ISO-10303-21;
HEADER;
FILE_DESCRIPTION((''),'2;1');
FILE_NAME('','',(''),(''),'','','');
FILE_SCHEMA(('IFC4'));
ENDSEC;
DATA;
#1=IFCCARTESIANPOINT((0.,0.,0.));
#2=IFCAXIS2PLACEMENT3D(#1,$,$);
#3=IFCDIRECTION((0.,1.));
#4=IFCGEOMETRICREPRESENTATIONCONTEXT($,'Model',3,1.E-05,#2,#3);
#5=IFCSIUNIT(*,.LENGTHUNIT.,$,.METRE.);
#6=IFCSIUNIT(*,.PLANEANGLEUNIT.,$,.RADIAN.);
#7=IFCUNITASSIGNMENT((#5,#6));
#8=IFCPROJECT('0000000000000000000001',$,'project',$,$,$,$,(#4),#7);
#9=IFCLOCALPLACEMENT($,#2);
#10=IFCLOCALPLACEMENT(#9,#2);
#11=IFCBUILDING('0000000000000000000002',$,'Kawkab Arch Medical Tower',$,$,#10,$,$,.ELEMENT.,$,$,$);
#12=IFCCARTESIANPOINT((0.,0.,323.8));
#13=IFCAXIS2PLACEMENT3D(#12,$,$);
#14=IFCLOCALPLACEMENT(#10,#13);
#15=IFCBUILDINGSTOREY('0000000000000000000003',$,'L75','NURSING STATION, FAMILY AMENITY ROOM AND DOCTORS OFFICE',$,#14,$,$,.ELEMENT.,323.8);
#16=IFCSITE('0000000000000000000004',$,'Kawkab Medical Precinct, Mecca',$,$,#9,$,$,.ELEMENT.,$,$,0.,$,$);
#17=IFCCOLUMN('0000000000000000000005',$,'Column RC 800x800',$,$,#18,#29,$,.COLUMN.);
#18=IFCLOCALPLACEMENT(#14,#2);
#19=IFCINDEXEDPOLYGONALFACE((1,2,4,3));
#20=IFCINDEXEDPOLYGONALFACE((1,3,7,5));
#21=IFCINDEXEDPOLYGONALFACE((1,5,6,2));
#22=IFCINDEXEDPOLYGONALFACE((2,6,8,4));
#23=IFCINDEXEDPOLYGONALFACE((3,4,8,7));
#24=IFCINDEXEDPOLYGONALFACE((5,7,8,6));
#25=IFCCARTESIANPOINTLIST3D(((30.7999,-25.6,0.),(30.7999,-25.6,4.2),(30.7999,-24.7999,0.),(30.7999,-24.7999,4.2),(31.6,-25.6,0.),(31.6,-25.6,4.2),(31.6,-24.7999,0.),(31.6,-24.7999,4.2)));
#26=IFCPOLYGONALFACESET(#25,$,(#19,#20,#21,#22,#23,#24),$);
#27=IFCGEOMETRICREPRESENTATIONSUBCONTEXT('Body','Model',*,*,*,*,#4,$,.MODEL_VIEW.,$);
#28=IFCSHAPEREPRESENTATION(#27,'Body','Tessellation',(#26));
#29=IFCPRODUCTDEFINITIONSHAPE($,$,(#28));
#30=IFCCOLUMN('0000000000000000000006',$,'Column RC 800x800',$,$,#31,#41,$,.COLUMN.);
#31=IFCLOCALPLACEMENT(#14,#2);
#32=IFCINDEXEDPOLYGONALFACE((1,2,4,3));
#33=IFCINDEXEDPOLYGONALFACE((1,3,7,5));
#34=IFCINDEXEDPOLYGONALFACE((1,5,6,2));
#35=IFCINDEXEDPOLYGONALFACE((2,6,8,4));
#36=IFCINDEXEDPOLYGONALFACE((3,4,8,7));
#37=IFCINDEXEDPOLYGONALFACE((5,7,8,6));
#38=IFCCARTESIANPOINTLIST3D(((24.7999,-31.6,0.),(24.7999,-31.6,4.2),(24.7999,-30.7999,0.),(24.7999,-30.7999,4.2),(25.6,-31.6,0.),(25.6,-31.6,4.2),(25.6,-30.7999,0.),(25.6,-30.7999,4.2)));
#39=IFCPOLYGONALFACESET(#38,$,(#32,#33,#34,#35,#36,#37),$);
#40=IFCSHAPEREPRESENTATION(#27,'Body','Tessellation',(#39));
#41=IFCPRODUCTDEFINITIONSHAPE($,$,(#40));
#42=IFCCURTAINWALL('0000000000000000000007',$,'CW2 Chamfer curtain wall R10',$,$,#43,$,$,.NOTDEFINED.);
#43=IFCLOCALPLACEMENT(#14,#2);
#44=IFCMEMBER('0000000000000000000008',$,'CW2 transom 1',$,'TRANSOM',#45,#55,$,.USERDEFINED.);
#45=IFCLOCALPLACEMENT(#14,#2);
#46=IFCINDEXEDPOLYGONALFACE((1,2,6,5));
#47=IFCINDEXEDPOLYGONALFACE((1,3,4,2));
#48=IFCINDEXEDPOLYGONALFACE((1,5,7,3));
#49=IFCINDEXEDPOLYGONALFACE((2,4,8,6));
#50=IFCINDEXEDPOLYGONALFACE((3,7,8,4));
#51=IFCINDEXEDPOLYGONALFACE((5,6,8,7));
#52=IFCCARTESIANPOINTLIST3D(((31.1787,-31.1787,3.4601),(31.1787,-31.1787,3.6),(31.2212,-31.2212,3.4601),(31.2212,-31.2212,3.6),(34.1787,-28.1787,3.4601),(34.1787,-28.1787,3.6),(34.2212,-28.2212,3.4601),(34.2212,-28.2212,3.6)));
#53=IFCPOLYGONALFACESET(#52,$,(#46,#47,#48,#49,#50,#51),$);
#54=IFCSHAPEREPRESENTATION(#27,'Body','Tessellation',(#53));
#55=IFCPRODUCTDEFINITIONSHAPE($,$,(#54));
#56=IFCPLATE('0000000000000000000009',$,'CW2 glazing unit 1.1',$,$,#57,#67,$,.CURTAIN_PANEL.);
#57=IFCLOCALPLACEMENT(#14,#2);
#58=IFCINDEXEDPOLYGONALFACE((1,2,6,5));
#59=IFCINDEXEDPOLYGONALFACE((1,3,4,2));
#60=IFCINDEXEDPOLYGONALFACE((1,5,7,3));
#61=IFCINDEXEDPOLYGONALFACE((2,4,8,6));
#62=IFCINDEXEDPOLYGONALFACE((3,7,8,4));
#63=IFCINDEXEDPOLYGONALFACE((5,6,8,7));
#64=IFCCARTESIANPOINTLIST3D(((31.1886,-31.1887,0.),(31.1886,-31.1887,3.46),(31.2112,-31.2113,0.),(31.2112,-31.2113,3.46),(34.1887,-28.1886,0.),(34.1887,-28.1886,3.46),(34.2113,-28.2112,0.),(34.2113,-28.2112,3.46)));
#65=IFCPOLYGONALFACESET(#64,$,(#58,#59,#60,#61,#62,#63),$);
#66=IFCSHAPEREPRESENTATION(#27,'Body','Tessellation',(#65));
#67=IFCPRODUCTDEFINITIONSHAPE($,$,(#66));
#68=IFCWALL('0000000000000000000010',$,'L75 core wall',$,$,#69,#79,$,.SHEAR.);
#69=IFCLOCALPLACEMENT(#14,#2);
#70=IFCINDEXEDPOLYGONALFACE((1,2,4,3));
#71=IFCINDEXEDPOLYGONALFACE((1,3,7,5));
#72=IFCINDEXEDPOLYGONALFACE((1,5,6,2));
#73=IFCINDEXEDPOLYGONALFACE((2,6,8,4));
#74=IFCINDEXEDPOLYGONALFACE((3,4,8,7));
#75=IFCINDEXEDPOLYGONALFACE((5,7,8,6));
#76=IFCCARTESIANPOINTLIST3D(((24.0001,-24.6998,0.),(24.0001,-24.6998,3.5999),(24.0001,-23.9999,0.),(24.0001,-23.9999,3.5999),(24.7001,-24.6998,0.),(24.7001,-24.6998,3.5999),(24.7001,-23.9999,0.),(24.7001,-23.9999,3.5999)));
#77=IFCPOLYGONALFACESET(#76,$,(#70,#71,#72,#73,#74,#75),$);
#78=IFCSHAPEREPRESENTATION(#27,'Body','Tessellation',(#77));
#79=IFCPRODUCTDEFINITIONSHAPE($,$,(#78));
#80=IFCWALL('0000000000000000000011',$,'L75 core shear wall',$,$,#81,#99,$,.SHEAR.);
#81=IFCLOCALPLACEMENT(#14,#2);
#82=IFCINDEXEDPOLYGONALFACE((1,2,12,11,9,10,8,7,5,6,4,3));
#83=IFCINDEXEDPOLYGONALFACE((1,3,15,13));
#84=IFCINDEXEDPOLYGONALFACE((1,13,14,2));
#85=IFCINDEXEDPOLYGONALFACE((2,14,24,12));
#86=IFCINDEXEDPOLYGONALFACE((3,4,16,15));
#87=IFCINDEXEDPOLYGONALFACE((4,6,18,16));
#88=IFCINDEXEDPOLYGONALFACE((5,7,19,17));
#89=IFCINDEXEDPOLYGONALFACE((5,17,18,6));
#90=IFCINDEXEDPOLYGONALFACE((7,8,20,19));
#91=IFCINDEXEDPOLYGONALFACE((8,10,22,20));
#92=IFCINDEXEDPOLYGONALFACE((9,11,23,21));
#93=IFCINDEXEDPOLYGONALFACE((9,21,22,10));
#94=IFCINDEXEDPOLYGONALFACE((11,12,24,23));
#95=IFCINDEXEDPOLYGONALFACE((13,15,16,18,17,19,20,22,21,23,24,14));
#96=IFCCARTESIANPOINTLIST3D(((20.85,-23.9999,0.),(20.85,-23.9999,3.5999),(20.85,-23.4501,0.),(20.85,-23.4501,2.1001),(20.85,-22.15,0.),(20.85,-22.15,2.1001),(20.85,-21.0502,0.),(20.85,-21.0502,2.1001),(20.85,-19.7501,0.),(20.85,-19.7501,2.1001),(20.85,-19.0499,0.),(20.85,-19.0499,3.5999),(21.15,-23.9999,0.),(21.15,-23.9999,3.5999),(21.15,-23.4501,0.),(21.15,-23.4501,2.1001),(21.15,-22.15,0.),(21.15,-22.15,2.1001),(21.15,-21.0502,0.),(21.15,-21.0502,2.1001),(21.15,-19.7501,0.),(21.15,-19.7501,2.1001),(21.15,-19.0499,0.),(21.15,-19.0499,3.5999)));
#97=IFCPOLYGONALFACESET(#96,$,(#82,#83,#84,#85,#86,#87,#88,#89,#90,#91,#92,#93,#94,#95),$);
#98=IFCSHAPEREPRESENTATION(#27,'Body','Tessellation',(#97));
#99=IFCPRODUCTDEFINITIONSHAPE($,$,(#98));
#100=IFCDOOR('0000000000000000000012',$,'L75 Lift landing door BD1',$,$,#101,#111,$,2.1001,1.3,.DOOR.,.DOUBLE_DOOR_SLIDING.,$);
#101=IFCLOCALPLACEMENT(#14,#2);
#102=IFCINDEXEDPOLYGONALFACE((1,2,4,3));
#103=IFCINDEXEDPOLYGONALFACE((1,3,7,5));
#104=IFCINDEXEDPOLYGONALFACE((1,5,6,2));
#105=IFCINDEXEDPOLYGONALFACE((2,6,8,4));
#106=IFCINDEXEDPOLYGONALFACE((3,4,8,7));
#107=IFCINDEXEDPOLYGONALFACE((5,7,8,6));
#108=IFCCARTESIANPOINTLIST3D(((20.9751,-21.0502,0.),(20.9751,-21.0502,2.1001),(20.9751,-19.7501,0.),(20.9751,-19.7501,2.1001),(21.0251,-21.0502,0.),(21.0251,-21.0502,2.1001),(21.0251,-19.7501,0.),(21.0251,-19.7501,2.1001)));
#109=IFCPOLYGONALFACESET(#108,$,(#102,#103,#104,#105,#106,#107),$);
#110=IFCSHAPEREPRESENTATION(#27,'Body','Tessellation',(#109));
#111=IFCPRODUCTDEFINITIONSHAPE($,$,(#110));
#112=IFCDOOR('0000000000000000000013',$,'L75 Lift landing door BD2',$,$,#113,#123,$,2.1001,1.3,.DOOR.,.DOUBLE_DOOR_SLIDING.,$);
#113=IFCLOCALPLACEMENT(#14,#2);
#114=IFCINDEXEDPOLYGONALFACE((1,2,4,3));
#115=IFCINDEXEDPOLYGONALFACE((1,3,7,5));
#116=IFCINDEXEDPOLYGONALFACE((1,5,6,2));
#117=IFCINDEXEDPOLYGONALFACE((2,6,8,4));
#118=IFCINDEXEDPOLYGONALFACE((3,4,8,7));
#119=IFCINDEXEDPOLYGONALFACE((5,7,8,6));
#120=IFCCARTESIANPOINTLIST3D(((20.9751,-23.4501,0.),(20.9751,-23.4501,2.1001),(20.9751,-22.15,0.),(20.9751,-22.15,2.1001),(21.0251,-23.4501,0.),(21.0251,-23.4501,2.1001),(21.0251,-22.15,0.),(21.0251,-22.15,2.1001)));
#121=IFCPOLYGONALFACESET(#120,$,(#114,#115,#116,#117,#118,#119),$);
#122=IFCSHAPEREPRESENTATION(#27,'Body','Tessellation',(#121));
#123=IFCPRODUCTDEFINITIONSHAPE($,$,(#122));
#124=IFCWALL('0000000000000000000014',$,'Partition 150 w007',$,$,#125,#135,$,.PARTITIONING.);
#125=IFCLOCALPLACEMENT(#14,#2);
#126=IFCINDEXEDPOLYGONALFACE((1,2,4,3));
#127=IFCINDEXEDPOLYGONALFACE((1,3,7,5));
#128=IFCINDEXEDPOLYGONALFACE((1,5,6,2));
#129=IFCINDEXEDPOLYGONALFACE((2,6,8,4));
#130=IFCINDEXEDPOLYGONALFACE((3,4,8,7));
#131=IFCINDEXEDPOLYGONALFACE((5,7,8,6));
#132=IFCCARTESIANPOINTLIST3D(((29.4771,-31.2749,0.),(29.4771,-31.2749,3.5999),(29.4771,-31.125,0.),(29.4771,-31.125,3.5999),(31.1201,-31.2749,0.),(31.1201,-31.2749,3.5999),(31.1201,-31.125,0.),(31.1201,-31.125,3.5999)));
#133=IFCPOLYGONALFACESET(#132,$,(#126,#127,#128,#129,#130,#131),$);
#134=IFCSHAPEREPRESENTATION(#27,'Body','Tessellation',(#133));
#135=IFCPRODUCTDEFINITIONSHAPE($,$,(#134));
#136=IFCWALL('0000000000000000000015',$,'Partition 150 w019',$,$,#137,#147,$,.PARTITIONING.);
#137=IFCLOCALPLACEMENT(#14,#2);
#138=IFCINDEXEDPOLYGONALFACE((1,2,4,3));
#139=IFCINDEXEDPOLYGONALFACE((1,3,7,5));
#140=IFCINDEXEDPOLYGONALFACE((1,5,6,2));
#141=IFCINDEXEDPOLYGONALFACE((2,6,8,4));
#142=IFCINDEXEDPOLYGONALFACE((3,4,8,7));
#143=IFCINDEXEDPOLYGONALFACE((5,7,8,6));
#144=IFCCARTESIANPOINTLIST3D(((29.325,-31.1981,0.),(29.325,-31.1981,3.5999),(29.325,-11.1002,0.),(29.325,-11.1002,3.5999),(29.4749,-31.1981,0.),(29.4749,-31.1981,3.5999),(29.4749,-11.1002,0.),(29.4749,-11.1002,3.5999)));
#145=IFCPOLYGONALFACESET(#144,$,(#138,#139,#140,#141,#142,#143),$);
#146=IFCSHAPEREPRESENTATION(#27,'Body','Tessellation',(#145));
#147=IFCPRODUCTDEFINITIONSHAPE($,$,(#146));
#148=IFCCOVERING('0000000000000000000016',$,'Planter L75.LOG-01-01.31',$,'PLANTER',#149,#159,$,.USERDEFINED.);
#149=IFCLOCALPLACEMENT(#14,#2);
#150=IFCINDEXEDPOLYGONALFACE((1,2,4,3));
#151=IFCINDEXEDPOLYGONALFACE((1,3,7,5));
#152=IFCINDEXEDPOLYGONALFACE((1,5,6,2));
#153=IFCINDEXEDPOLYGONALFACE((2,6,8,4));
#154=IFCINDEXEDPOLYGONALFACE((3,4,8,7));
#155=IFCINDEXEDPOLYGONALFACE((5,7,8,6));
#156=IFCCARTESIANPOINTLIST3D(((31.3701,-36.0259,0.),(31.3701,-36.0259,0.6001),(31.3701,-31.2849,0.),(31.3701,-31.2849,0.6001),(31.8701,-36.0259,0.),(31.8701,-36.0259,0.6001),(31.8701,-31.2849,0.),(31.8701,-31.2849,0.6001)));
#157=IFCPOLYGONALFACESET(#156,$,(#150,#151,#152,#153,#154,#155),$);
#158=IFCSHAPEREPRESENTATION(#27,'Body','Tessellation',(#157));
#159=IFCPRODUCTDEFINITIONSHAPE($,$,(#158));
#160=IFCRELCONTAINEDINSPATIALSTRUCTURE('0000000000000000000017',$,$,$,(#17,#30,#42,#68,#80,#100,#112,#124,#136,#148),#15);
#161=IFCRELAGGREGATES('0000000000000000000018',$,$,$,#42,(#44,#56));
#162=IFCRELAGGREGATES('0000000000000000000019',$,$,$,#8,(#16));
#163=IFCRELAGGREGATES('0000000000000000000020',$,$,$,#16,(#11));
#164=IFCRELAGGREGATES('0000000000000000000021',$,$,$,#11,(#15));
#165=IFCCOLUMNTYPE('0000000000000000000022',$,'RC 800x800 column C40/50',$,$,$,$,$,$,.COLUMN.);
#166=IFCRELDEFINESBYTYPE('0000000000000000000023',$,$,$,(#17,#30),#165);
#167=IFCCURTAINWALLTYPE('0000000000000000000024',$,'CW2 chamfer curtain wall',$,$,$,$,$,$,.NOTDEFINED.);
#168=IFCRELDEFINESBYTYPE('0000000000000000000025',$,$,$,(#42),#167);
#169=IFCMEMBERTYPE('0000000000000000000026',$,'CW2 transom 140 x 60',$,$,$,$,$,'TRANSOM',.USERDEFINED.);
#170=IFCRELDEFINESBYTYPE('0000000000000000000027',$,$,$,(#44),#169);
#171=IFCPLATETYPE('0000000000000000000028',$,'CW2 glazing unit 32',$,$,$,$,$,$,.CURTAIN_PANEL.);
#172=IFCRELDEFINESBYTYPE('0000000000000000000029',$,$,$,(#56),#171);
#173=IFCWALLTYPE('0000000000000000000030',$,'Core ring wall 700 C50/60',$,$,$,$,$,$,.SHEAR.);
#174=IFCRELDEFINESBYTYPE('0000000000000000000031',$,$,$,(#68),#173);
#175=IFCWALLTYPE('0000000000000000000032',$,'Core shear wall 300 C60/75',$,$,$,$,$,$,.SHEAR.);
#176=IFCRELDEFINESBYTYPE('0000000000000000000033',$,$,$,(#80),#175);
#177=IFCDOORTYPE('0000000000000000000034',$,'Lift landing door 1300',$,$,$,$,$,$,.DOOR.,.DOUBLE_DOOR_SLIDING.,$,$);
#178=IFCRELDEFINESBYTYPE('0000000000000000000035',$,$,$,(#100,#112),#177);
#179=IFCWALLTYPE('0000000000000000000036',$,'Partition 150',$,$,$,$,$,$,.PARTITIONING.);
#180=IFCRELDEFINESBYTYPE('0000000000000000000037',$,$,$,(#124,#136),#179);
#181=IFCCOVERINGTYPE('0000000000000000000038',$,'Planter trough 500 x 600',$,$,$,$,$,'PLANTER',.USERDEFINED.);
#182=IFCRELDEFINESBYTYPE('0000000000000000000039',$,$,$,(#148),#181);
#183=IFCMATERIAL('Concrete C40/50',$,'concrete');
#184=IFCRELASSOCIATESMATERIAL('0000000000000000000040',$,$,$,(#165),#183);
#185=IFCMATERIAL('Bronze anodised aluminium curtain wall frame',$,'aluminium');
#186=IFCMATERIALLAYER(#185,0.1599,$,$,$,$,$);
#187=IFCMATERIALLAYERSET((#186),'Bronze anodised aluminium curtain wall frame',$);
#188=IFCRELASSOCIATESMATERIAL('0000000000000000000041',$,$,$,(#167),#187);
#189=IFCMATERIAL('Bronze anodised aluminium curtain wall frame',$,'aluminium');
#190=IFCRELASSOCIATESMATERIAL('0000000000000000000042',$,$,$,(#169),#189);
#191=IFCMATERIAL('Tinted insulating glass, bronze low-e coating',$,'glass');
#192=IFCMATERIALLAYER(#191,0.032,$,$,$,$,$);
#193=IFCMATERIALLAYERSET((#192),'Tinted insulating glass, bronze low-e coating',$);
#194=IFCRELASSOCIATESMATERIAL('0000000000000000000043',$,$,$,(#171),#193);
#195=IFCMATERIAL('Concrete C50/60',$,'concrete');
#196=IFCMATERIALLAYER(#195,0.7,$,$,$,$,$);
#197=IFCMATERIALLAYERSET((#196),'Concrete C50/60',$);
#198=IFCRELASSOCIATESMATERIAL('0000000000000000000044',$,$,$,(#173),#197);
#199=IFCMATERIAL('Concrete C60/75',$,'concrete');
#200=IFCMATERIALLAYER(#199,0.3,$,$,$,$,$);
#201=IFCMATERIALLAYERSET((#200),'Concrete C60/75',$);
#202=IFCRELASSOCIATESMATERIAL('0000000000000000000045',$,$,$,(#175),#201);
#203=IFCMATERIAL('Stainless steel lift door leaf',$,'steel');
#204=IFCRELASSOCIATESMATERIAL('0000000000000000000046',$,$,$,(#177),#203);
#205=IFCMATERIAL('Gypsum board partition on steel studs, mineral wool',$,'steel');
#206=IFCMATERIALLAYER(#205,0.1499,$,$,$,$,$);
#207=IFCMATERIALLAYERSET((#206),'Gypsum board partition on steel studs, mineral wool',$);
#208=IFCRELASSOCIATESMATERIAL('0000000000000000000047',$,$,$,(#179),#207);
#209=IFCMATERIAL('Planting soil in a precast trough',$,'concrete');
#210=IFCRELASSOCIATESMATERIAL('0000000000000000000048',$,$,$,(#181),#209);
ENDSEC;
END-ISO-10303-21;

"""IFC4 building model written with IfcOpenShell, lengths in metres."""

from ifc_helpers import new_model, si_unit, direction, frame, frame_2d, origin, origin_2d, place, context, subcontext, project, spatial, rectangle, extrude, material, layer, layer_set, material_profile, profile_set, type_object, element, fill, aggregate, save


model = new_model("IFC4")

# Units and contexts
model_context = context("Model", 3, precision=1e-05, world=origin(), true_north=direction((0.0, 1.0)))
body_context = subcontext(model_context, "Body", "Model", "MODEL_VIEW")
ifc_project = project(units=[si_unit("LENGTHUNIT", "METRE"), si_unit("PLANEANGLEUNIT", "RADIAN")], contexts=[model_context])

# Site, building, storey
site_placement = place(None, origin())
site = spatial("IfcSite", under=ifc_project, at=site_placement, Name="Kawkab Medical Precinct, Mecca", CompositionType="ELEMENT", RefElevation=0.0)
building_placement = place(site_placement, origin())
building = spatial("IfcBuilding", under=site, at=building_placement, Name="Kawkab Arch Medical Tower", CompositionType="ELEMENT")
storey_placement = place(building_placement, frame((0.0, 0.0, 323.8)))
storey = spatial("IfcBuildingStorey", under=building, at=storey_placement, Name="L75", Description="NURSING STATION, FAMILY AMENITY ROOM AND DOCTORS OFFICE", CompositionType="ELEMENT", Elevation=323.8)

# Columns
ifc_material_1 = material(Name="Concrete C40/50", Category="concrete")
ifc_material_profile_1 = material_profile(ifc_material_1, rectangle(XDim=0.8, YDim=0.8, at=origin_2d()), Name="RC 800x800")
ifc_profile_set_1 = profile_set([ifc_material_profile_1], Name="Concrete C40/50")
column_type = type_object("IfcColumnType", Name="RC 800x800 column C40/50", PredefinedType="COLUMN", material=ifc_profile_set_1)
for number, where, z_axis, x_axis, name in (
    (1, (31.2, -25.2, 0.0), (0.0, 0.0, 1.0), (1.0, 0.0, 0.0), "Column RC 800x800"),
    (2, (25.2, -31.2, 0.0), (0.0, 0.0, 1.0), (1.0, 0.0, 0.0), "Column RC 800x800"),
):
    element("IfcColumn", number, at=place(storey_placement, frame(where, z_axis=z_axis, x_axis=x_axis)), inside=storey, type_object=column_type, Name=name, PredefinedType="COLUMN", context=body_context, shape_type="SweptSolid", body=[
        extrude(rectangle(XDim=0.8, YDim=0.8, at=origin_2d()), origin(), (0.0, 0.0, 1.0), 4.2),
    ])

# Curtain wall, member, plate
ifc_material_2 = material(Name="Bronze anodised aluminium curtain wall frame", Category="aluminium")
ifc_layer_1 = layer(ifc_material_2, 0.1599)
ifc_layer_set_1 = layer_set([ifc_layer_1], Name="Bronze anodised aluminium curtain wall frame")
curtain_wall_type = type_object("IfcCurtainWallType", Name="CW2 chamfer curtain wall", PredefinedType="NOTDEFINED", material=ifc_layer_set_1)
curtain_wall_placement = place(storey_placement, origin())
curtain_wall = element("IfcCurtainWall", 3, at=curtain_wall_placement, inside=storey, type_object=curtain_wall_type, Name="CW2 Chamfer curtain wall R10", PredefinedType="NOTDEFINED")
ifc_material_3 = material(Name="Bronze anodised aluminium curtain wall frame", Category="aluminium")
ifc_material_profile_2 = material_profile(ifc_material_3, rectangle(XDim=0.0601, YDim=0.1399, at=origin_2d()), Name="AL 60x140")
ifc_profile_set_2 = profile_set([ifc_material_profile_2], Name="Bronze anodised aluminium curtain wall frame")
member_type = type_object("IfcMemberType", Name="CW2 transom 140 x 60", ElementType="TRANSOM", PredefinedType="USERDEFINED", material=ifc_profile_set_2)
member_placement = place(storey_placement, frame((31.2, -31.2, 3.53), z_axis=(0.707107, 0.707107, 0.0), x_axis=(-0.707107, 0.707107, 0.0)))
member = element("IfcMember", 4, at=member_placement, type_object=member_type, Name="CW2 transom 1", ObjectType="TRANSOM", PredefinedType="USERDEFINED", context=body_context, shape_type="SweptSolid", body=[
    extrude(rectangle(XDim=0.0601, YDim=0.1399, at=origin_2d()), origin(), (0.0, 0.0, 1.0), 4.2427),
])
ifc_material_4 = material(Name="Tinted insulating glass, bronze low-e coating", Category="glass")
ifc_layer_2 = layer(ifc_material_4, 0.032)
ifc_layer_set_2 = layer_set([ifc_layer_2], Name="Tinted insulating glass, bronze low-e coating")
plate_type = type_object("IfcPlateType", Name="CW2 glazing unit 32", PredefinedType="CURTAIN_PANEL", material=ifc_layer_set_2)
plate_placement = place(storey_placement, frame((32.7, -29.7, 0.0), z_axis=(0.0, 0.0, 1.0), x_axis=(0.707107, 0.707107, 0.0)))
plate = element("IfcPlate", 5, at=plate_placement, type_object=plate_type, Name="CW2 glazing unit 1.1", PredefinedType="CURTAIN_PANEL", context=body_context, shape_type="SweptSolid", body=[
    extrude(rectangle(XDim=4.2427, YDim=0.032, at=origin_2d()), origin(), (0.0, 0.0, 1.0), 3.46),
])
aggregate(curtain_wall, [member, plate])

# Wall
ifc_material_5 = material(Name="Concrete C50/60", Category="concrete")
ifc_layer_3 = layer(ifc_material_5, 0.7)
ifc_layer_set_3 = layer_set([ifc_layer_3], Name="Concrete C50/60")
wall_type_1 = type_object("IfcWallType", Name="Core ring wall 700 C50/60", PredefinedType="SHEAR", material=ifc_layer_set_3)
wall_1_placement = place(storey_placement, frame((24.3501, -24.7, 0.0), z_axis=(0.0, 0.0, 1.0), x_axis=(0.0, 1.0, 0.0)))
element("IfcWall", 6, at=wall_1_placement, inside=storey, type_object=wall_type_1, Name="L75 core wall", PredefinedType="SHEAR", context=body_context, shape_type="SweptSolid", body=[
    extrude(rectangle(XDim=0.7, YDim=0.7, at=frame_2d((0.3501, 0.0))), origin(), (0.0, 0.0, 1.0), 3.5999),
])

# Wall, openings, doors
ifc_material_6 = material(Name="Concrete C60/75", Category="concrete")
ifc_layer_4 = layer(ifc_material_6, 0.3)
ifc_layer_set_4 = layer_set([ifc_layer_4], Name="Concrete C60/75")
wall_type_2 = type_object("IfcWallType", Name="Core shear wall 300 C60/75", PredefinedType="SHEAR", material=ifc_layer_set_4)
wall_2_placement = place(storey_placement, frame((21.0, -24.0, 0.0), z_axis=(0.0, 0.0, 1.0), x_axis=(0.0, 1.0, 0.0)))
wall_2 = element("IfcWall", 7, at=wall_2_placement, inside=storey, type_object=wall_type_2, Name="L75 core shear wall", PredefinedType="SHEAR", context=body_context, shape_type="SweptSolid", body=[
    extrude(rectangle(XDim=4.95, YDim=0.3, at=frame_2d((2.4751, 0.0))), origin(), (0.0, 0.0, 1.0), 3.5999),
])
opening_1_placement = place(wall_2_placement, frame((2.95, 0.0, 0.0)))
opening_1 = element("IfcOpeningElement", 8, at=opening_1_placement, cuts=wall_2, PredefinedType="OPENING", context=body_context, shape_type="SweptSolid", body=[
    extrude(rectangle(XDim=1.3, YDim=2.1001, at=frame_2d((0.6499, 1.05))), frame((0.0, 0.1599, 0.0), z_axis=(0.0, -1.0, 0.0), x_axis=(1.0, 0.0, 0.0)), (0.0, 0.0, 1.0), 0.3201),
])
opening_2_placement = place(wall_2_placement, frame((0.55, 0.0, 0.0)))
opening_2 = element("IfcOpeningElement", 9, at=opening_2_placement, cuts=wall_2, PredefinedType="OPENING", context=body_context, shape_type="SweptSolid", body=[
    extrude(rectangle(XDim=1.3, YDim=2.1001, at=frame_2d((0.6499, 1.05))), frame((0.0, 0.1599, 0.0), z_axis=(0.0, -1.0, 0.0), x_axis=(1.0, 0.0, 0.0)), (0.0, 0.0, 1.0), 0.3201),
])
ifc_material_7 = material(Name="Stainless steel lift door leaf", Category="steel")
door_type = type_object("IfcDoorType", Name="Lift landing door 1300", OperationType="DOUBLE_DOOR_SLIDING", PredefinedType="DOOR", material=ifc_material_7)
door_1_placement = place(opening_1_placement, origin())
door_1 = element("IfcDoor", 10, at=door_1_placement, inside=storey, type_object=door_type, Name="L75 Lift landing door BD1", OperationType="DOUBLE_DOOR_SLIDING", OverallHeight=2.1001, OverallWidth=1.3, PredefinedType="DOOR", context=body_context, shape_type="SweptSolid", body=[
    extrude(rectangle(XDim=1.3, YDim=2.1001, at=frame_2d((0.6499, 1.05))), frame((0.0, 0.0249, 0.0), z_axis=(0.0, -1.0, 0.0), x_axis=(1.0, 0.0, 0.0)), (0.0, 0.0, 1.0), 0.05),
])
fill(opening_1, door_1)
door_2_placement = place(opening_2_placement, origin())
door_2 = element("IfcDoor", 11, at=door_2_placement, inside=storey, type_object=door_type, Name="L75 Lift landing door BD2", OperationType="DOUBLE_DOOR_SLIDING", OverallHeight=2.1001, OverallWidth=1.3, PredefinedType="DOOR", context=body_context, shape_type="SweptSolid", body=[
    extrude(rectangle(XDim=1.3, YDim=2.1001, at=frame_2d((0.6499, 1.05))), frame((0.0, 0.0249, 0.0), z_axis=(0.0, -1.0, 0.0), x_axis=(1.0, 0.0, 0.0)), (0.0, 0.0, 1.0), 0.05),
])
fill(opening_2, door_2)

# Walls
ifc_material_8 = material(Name="Gypsum board partition on steel studs, mineral wool", Category="steel")
ifc_layer_5 = layer(ifc_material_8, 0.1499)
ifc_layer_set_5 = layer_set([ifc_layer_5], Name="Gypsum board partition on steel studs, mineral wool")
wall_type_3 = type_object("IfcWallType", Name="Partition 150", PredefinedType="PARTITIONING", material=ifc_layer_set_5)
wall_3_placement = place(storey_placement, frame((29.4771, -31.2, 0.0), z_axis=(0.0, 0.0, 1.0), x_axis=(1.0, 0.0, 0.0)))
element("IfcWall", 12, at=wall_3_placement, inside=storey, type_object=wall_type_3, Name="Partition 150 w007", PredefinedType="PARTITIONING", context=body_context, shape_type="SweptSolid", body=[
    extrude(rectangle(XDim=1.6431, YDim=0.1499, at=frame_2d((0.8215, 0.0))), origin(), (0.0, 0.0, 1.0), 3.5999),
])
wall_4_placement = place(storey_placement, frame((29.3999, -31.198, 0.0), z_axis=(0.0, 0.0, 1.0), x_axis=(0.0, 1.0, 0.0)))
element("IfcWall", 13, at=wall_4_placement, inside=storey, type_object=wall_type_3, Name="Partition 150 w019", PredefinedType="PARTITIONING", context=body_context, shape_type="SweptSolid", body=[
    extrude(rectangle(XDim=20.0979, YDim=0.1499, at=frame_2d((10.0488, 0.0))), origin(), (0.0, 0.0, 1.0), 3.5999),
])

# Covering
ifc_material_9 = material(Name="Planting soil in a precast trough", Category="concrete")
ifc_material_profile_3 = material_profile(ifc_material_9, rectangle(XDim=0.5, YDim=0.6001, at=origin_2d()), Name="Trough 500x600")
ifc_profile_set_3 = profile_set([ifc_material_profile_3], Name="Planting soil in a precast trough")
covering_type = type_object("IfcCoveringType", Name="Planter trough 500 x 600", ElementType="PLANTER", PredefinedType="USERDEFINED", material=ifc_profile_set_3)
covering_placement = place(storey_placement, frame((31.6201, -31.2849, 0.3), z_axis=(0.0, -1.0, 0.0), x_axis=(1.0, 0.0, 0.0)))
element("IfcCovering", 14, at=covering_placement, inside=storey, type_object=covering_type, Name="Planter L75.LOG-01-01.31", ObjectType="PLANTER", PredefinedType="USERDEFINED", context=body_context, shape_type="SweptSolid", body=[
    extrude(rectangle(XDim=0.5, YDim=0.6001, at=origin_2d()), origin(), (0.0, 0.0, 1.0), 4.741),
])

save(model, "model.ifc")
